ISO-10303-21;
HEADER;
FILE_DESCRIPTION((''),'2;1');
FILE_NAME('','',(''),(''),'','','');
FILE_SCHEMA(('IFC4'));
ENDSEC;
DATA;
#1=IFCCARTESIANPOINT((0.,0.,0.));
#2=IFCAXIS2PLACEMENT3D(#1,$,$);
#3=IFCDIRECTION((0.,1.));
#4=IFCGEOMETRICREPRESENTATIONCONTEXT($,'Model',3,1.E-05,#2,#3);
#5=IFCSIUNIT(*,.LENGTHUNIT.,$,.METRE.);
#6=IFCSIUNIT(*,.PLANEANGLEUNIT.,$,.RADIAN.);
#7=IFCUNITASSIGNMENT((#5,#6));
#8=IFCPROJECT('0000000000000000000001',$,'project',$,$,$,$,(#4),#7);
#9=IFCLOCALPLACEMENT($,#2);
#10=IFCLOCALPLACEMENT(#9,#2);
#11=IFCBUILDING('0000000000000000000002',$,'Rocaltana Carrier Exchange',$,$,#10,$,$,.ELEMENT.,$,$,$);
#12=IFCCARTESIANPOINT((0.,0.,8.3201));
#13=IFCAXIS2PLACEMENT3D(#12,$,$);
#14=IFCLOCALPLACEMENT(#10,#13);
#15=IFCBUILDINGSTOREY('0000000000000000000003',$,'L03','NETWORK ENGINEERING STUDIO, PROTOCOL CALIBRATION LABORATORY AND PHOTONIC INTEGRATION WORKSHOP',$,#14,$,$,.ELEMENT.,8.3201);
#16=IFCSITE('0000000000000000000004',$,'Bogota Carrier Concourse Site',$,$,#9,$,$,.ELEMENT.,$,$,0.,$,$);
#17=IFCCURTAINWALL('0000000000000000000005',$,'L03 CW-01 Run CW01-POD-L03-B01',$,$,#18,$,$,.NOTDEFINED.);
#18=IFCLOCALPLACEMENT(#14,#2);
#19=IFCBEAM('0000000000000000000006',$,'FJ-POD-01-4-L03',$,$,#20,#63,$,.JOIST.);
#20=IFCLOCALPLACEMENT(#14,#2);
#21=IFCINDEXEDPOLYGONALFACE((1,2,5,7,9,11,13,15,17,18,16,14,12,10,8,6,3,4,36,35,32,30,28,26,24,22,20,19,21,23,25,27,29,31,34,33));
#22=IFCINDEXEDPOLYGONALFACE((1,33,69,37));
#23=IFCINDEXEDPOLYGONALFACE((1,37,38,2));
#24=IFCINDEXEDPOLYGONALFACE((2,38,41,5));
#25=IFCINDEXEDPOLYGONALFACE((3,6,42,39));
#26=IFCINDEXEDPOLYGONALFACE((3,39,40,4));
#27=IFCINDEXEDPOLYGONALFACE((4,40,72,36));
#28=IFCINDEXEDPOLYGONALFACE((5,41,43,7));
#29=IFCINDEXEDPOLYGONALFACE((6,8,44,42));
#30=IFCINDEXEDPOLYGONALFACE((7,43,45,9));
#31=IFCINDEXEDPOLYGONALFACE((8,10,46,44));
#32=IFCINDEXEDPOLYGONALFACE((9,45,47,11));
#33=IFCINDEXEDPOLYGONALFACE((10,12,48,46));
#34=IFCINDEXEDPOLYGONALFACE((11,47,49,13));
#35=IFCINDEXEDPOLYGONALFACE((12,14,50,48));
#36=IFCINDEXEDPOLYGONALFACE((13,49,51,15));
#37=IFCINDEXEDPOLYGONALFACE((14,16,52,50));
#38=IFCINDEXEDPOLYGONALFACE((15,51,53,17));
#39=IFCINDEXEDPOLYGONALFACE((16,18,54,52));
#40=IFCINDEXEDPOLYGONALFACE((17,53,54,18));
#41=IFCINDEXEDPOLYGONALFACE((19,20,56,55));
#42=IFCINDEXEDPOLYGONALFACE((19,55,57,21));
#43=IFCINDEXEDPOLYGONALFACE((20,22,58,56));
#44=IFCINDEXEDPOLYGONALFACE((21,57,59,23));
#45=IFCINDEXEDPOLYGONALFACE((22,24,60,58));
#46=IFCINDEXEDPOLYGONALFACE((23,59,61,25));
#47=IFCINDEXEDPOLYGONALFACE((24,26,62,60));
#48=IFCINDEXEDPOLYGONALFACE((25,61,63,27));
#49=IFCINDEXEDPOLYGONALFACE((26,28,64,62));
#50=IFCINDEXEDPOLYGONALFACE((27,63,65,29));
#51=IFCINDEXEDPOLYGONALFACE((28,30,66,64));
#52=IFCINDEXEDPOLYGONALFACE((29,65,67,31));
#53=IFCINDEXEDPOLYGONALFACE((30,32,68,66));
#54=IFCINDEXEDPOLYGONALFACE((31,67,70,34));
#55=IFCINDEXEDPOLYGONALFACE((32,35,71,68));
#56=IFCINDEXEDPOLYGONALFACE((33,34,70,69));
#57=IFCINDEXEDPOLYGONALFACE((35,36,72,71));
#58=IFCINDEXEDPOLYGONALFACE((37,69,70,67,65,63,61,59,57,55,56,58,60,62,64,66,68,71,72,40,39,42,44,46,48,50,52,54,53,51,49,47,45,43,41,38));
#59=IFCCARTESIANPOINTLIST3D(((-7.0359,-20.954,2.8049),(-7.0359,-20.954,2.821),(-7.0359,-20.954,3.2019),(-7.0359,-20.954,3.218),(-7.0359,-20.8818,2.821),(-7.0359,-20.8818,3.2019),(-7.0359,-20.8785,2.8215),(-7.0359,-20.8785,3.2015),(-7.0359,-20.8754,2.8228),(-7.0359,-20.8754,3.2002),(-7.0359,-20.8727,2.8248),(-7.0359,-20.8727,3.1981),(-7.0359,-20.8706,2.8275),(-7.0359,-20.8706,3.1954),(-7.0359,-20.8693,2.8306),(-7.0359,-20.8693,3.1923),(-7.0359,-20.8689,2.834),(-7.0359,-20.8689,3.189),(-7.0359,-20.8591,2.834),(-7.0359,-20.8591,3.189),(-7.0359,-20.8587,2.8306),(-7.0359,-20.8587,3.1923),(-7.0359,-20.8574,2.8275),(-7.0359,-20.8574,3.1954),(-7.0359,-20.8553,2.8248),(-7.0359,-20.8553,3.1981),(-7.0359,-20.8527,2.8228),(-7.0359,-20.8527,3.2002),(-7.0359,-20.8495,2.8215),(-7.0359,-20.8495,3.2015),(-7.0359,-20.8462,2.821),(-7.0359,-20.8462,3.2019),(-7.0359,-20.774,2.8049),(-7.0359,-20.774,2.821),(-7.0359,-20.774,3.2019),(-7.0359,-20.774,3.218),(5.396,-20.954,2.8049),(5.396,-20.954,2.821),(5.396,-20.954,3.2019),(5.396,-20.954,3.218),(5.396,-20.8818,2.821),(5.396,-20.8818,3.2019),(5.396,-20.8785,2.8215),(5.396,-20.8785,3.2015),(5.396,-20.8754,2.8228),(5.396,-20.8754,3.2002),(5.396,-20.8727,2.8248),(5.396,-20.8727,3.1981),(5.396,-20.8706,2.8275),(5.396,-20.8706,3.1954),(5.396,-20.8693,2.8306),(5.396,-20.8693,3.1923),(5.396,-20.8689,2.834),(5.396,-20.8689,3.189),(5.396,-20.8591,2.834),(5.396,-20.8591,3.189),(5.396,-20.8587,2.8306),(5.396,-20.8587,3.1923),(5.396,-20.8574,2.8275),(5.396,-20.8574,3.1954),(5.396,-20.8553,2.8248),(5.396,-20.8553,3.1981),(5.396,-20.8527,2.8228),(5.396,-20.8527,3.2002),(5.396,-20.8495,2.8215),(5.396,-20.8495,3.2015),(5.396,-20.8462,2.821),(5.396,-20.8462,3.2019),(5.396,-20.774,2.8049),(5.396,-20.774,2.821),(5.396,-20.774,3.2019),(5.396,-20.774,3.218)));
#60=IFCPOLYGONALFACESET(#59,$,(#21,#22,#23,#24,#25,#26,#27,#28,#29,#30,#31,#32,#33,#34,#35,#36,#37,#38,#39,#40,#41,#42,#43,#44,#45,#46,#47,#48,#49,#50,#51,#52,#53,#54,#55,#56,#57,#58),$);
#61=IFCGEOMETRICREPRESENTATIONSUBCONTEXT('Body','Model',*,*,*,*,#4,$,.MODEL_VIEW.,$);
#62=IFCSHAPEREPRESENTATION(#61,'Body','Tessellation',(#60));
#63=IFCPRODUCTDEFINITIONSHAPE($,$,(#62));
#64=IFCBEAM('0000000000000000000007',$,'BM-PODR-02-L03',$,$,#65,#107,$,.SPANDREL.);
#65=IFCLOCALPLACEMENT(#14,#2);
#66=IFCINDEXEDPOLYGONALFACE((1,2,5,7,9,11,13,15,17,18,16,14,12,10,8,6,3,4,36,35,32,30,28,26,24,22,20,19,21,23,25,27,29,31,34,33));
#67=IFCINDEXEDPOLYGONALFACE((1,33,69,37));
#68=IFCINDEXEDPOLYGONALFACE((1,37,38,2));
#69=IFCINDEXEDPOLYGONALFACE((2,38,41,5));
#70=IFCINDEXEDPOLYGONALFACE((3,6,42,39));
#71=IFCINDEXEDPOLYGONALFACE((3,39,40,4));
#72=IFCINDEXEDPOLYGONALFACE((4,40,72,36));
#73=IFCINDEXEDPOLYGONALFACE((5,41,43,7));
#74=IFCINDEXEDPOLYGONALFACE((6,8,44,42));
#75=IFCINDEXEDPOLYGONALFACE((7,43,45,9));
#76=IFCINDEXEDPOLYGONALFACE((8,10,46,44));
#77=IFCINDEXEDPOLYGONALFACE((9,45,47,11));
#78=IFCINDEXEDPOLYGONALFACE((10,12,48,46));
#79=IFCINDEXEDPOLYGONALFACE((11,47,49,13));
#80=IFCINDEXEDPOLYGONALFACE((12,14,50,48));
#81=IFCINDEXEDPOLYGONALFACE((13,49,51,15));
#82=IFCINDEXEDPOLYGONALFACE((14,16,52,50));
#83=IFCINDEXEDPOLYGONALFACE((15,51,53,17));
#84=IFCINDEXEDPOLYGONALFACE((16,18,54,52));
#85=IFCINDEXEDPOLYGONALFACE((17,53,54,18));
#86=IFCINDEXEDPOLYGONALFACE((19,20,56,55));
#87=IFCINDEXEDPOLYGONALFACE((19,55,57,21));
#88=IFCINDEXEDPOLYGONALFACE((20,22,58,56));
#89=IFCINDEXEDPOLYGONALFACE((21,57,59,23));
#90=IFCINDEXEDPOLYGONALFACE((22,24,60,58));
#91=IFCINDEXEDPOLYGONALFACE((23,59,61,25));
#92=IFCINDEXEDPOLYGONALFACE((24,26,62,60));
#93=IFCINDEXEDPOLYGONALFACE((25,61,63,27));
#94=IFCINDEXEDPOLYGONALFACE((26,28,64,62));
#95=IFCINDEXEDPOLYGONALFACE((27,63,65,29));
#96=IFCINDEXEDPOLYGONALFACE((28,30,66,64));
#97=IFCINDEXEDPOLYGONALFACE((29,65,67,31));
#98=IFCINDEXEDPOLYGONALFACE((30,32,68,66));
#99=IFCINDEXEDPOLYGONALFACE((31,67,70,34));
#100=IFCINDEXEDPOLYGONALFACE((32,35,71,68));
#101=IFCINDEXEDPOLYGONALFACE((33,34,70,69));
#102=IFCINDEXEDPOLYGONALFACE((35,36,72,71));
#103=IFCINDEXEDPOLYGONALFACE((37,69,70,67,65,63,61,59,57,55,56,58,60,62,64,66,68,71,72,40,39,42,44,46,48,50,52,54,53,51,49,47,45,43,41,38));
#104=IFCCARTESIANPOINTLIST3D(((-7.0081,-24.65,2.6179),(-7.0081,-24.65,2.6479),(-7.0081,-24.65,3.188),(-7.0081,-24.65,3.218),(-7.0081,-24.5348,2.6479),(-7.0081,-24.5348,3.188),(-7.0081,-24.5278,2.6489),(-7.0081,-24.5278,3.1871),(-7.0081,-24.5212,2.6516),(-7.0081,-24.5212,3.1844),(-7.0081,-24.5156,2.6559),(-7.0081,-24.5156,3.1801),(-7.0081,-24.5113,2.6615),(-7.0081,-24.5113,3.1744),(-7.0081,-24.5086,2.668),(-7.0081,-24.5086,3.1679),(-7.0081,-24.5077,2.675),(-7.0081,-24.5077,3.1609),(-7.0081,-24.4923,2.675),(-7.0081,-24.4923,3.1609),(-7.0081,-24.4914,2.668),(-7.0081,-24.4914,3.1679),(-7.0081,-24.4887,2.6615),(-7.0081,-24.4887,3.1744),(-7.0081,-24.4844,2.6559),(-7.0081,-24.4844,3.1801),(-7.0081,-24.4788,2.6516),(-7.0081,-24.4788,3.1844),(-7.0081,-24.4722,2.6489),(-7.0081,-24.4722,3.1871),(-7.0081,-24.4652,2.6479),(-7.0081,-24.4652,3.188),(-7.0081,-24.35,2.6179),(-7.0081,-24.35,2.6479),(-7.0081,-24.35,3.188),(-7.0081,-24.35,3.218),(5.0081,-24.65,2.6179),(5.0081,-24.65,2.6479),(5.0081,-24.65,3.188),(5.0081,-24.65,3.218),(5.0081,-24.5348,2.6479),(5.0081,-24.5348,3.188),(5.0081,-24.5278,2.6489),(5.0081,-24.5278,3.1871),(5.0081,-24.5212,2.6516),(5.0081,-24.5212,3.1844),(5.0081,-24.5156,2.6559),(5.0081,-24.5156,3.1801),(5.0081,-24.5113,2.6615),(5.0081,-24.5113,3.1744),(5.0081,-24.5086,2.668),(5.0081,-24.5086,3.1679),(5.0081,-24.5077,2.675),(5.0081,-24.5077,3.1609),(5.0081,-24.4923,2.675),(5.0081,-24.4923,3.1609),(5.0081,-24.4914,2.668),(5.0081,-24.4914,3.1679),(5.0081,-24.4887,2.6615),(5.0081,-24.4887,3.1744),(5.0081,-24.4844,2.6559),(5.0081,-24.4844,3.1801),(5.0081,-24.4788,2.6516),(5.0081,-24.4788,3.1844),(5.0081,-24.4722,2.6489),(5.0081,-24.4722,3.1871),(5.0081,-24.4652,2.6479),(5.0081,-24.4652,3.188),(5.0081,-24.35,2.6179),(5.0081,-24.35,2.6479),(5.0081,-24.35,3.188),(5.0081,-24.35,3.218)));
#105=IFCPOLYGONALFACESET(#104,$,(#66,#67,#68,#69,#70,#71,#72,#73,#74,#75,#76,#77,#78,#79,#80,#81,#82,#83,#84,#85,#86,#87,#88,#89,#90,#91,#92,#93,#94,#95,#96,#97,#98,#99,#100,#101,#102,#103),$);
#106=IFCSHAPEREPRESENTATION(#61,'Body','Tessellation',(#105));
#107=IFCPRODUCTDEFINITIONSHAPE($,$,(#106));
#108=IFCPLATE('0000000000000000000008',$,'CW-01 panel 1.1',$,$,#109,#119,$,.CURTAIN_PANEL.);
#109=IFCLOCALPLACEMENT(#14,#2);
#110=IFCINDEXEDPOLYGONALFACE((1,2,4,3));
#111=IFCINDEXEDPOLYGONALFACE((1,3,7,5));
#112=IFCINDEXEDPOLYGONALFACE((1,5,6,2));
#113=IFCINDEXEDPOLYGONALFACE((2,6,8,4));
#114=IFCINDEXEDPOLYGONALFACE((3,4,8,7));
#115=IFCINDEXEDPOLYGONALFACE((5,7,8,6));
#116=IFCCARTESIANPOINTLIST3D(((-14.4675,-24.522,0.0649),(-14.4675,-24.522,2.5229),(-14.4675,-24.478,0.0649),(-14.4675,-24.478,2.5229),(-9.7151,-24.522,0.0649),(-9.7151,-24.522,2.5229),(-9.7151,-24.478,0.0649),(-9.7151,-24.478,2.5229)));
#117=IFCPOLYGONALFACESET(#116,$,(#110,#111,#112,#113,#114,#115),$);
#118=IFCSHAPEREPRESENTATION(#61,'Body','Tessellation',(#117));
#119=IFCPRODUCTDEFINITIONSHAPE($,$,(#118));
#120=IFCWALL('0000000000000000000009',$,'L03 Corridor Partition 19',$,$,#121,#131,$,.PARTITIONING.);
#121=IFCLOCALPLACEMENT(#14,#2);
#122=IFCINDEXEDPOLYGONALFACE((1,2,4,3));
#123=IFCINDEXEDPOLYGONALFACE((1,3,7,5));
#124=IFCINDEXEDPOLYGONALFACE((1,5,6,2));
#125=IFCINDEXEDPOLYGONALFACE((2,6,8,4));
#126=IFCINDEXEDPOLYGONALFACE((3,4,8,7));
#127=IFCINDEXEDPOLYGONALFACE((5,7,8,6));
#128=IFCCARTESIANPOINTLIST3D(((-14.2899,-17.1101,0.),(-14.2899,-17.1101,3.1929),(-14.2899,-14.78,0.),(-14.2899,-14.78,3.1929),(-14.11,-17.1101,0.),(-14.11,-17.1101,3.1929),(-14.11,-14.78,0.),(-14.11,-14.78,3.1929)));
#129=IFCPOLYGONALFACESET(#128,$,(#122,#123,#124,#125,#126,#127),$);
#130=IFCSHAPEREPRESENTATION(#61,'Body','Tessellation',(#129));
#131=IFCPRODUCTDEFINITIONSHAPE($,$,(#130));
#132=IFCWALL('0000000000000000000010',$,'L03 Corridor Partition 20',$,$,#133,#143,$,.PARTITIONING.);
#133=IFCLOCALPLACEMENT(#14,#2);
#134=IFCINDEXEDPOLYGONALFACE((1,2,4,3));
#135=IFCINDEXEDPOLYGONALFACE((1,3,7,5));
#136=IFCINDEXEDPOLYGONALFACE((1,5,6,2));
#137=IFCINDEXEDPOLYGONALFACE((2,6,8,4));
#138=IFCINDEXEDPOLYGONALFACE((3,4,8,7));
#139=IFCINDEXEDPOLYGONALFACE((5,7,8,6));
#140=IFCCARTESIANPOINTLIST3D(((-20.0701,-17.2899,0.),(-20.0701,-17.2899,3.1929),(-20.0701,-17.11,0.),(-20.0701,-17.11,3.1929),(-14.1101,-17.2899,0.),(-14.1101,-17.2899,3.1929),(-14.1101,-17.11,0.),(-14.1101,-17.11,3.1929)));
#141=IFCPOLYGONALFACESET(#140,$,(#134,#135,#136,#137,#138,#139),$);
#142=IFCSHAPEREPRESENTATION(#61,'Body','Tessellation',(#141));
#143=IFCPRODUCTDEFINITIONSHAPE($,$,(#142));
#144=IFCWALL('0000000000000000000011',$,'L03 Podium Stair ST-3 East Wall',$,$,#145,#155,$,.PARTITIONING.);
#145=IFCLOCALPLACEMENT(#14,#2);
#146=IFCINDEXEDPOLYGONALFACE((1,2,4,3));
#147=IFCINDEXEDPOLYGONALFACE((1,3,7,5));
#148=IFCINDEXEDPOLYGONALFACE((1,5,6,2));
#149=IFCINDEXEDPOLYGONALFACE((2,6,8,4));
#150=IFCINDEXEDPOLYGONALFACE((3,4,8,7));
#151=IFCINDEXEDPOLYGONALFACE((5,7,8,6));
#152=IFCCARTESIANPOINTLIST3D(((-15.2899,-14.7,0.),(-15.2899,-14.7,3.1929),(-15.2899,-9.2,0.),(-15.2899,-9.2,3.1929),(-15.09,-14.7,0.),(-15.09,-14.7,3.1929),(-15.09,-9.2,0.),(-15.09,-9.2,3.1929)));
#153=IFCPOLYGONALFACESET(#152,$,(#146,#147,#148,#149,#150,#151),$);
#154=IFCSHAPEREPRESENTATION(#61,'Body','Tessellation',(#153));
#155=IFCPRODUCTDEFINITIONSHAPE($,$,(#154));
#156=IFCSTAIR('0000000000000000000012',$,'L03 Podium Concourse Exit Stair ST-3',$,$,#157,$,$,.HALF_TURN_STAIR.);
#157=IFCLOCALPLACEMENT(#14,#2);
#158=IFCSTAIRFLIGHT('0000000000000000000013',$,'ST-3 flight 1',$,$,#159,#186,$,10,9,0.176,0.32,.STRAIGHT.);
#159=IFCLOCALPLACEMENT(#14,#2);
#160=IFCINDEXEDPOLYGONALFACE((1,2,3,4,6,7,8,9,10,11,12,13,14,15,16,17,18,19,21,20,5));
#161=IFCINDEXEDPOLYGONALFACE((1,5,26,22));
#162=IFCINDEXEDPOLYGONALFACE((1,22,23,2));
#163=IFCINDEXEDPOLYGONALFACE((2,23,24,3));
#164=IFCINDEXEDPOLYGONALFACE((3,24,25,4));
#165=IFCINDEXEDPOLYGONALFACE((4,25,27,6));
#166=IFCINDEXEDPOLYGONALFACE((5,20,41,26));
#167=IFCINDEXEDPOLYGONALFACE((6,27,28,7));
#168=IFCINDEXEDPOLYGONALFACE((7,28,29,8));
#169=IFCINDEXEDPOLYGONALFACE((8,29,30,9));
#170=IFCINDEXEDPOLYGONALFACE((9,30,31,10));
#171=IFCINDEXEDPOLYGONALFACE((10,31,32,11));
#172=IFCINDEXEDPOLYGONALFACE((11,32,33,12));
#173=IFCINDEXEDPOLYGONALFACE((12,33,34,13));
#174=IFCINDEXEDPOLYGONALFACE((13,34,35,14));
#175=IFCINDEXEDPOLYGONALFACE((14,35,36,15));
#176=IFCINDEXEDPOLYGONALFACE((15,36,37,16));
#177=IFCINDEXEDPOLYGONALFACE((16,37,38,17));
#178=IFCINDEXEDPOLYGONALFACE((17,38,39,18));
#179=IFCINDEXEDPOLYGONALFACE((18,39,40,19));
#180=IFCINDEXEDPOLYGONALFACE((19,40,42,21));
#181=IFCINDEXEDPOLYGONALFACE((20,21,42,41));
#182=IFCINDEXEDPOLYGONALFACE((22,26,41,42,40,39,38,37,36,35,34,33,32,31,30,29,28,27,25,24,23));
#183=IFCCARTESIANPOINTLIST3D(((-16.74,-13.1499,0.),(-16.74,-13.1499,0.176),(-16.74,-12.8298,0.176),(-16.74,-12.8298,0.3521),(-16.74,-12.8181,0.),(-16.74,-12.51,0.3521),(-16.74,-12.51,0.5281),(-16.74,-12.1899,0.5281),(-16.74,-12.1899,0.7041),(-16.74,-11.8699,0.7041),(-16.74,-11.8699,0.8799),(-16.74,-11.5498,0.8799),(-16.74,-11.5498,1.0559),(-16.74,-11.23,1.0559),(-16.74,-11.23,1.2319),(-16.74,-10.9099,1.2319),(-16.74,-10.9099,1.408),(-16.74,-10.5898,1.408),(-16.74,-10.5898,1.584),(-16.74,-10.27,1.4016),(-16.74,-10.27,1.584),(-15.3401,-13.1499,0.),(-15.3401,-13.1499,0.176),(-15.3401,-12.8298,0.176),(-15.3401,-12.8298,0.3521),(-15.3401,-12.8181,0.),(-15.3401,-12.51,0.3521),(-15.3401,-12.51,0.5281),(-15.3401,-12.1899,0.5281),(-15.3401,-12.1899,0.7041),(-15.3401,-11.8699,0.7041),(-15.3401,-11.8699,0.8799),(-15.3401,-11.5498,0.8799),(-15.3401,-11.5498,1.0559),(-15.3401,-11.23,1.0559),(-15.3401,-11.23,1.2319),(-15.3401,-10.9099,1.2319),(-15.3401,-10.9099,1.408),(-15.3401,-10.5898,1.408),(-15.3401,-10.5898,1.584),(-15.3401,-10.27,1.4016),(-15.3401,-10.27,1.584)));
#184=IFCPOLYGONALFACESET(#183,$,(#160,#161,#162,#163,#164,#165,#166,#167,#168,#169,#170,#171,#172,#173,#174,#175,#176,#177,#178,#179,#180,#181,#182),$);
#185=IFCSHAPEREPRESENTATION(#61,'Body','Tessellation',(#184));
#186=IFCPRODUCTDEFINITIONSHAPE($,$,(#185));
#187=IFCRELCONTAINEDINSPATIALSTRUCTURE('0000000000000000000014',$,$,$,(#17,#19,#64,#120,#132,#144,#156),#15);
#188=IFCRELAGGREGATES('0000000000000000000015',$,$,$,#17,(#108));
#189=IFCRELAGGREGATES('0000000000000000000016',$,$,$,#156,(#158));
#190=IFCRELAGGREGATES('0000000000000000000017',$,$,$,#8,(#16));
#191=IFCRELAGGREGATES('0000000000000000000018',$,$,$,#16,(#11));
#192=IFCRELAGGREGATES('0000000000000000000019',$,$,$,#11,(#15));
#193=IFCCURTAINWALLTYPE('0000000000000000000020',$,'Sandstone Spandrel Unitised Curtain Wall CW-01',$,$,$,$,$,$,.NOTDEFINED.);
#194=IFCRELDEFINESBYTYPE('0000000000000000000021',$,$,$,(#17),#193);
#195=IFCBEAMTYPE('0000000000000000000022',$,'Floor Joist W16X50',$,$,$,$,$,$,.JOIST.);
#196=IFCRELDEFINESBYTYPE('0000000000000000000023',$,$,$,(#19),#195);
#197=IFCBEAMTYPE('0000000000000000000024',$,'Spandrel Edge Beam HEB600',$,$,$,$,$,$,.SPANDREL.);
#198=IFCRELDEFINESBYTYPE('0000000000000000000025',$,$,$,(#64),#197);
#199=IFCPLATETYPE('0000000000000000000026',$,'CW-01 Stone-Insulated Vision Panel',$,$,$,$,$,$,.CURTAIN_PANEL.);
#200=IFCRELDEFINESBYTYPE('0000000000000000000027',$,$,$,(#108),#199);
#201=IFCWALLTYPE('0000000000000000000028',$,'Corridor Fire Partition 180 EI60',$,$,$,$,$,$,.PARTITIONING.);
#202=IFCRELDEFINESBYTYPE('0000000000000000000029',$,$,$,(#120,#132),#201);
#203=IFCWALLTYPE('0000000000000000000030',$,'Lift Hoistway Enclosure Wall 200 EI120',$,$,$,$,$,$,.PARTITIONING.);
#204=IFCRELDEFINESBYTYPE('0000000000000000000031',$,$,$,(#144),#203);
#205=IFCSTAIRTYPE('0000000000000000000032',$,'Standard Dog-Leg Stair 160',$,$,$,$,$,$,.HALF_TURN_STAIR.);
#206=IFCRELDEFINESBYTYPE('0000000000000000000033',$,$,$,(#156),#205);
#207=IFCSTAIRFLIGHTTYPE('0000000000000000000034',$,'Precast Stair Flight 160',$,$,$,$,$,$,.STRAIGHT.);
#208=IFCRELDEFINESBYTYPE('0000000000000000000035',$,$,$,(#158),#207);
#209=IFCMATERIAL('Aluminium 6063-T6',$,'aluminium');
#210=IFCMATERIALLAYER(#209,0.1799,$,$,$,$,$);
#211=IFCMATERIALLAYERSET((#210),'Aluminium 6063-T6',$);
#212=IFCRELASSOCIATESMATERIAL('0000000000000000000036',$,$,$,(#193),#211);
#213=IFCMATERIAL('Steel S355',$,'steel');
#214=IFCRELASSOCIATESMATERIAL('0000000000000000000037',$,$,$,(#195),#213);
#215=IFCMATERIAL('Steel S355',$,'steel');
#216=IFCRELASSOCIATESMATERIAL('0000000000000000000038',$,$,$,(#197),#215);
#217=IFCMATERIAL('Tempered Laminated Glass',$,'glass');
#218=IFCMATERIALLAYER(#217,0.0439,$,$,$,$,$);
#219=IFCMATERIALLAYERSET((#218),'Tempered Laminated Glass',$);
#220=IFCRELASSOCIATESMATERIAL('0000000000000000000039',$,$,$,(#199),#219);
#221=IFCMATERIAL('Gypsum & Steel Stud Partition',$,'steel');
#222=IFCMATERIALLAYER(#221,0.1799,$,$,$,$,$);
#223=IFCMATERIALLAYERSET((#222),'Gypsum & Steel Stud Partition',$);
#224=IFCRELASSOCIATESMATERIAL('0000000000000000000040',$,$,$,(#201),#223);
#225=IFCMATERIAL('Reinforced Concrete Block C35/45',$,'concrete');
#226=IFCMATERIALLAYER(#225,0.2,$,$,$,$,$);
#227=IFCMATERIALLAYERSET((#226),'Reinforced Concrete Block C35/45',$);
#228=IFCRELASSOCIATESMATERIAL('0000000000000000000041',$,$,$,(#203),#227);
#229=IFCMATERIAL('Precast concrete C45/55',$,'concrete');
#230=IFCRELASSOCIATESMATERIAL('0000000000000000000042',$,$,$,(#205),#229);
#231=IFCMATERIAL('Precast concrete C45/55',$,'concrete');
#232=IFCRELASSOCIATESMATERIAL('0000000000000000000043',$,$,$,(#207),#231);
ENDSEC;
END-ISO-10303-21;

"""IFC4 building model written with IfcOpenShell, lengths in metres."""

from ifc_helpers import new_model, si_unit, direction, frame, frame_2d, origin, origin_2d, place, context, subcontext, project, spatial, polyline, rectangle, i_section, outline, extrude, material, layer, layer_set, material_profile, profile_set, type_object, element, aggregate, save


model = new_model("IFC4")

# Units and contexts
model_context = context("Model", 3, precision=1e-05, world=origin(), true_north=direction((0.0, 1.0)))
body_context = subcontext(model_context, "Body", "Model", "MODEL_VIEW")
ifc_project = project(units=[si_unit("LENGTHUNIT", "METRE"), si_unit("PLANEANGLEUNIT", "RADIAN")], contexts=[model_context])

# Site, building, storey
site_placement = place(None, origin())
site = spatial("IfcSite", under=ifc_project, at=site_placement, Name="Bogota Carrier Concourse Site", CompositionType="ELEMENT", RefElevation=0.0)
building_placement = place(site_placement, origin())
building = spatial("IfcBuilding", under=site, at=building_placement, Name="Rocaltana Carrier Exchange", CompositionType="ELEMENT")
storey_placement = place(building_placement, frame((0.0, 0.0, 8.3201)))
storey = spatial("IfcBuildingStorey", under=building, at=storey_placement, Name="L03", Description="NETWORK ENGINEERING STUDIO, PROTOCOL CALIBRATION LABORATORY AND PHOTONIC INTEGRATION WORKSHOP", CompositionType="ELEMENT", Elevation=8.3201)

# Curtain wall
ifc_material_1 = material(Name="Aluminium 6063-T6", Category="aluminium")
ifc_layer_1 = layer(ifc_material_1, 0.1799)
ifc_layer_set_1 = layer_set([ifc_layer_1], Name="Aluminium 6063-T6")
curtain_wall_type = type_object("IfcCurtainWallType", Name="Sandstone Spandrel Unitised Curtain Wall CW-01", PredefinedType="NOTDEFINED", material=ifc_layer_set_1)
curtain_wall_placement = place(storey_placement, origin())
curtain_wall = element("IfcCurtainWall", 1, at=curtain_wall_placement, inside=storey, type_object=curtain_wall_type, Name="L03 CW-01 Run CW01-POD-L03-B01", PredefinedType="NOTDEFINED")

# Beams
ifc_material_2 = material(Name="Steel S355", Category="steel")
ifc_material_profile_1 = material_profile(ifc_material_2, i_section(OverallWidth=0.1799, OverallDepth=0.4131, WebThickness=0.0098, FlangeThickness=0.0161, FilletRadius=0.0129, at=origin_2d()), Name="W16X50")
ifc_profile_set_1 = profile_set([ifc_material_profile_1], Name="Steel S355")
beam_type_1 = type_object("IfcBeamType", Name="Floor Joist W16X50", PredefinedType="JOIST", material=ifc_profile_set_1)
beam_1_placement = place(storey_placement, frame((-7.0359, -20.864, 3.0115), z_axis=(1.0, 0.0, 0.0), x_axis=(0.0, 1.0, 0.0)))
element("IfcBeam", 2, at=beam_1_placement, inside=storey, type_object=beam_type_1, Name="FJ-POD-01-4-L03", PredefinedType="JOIST", context=body_context, shape_type="SweptSolid", body=[
    extrude(i_section(OverallWidth=0.1799, OverallDepth=0.4131, WebThickness=0.0098, FlangeThickness=0.0161, FilletRadius=0.0129, at=origin_2d()), origin(), (0.0, 0.0, 1.0), 12.4319),
])
ifc_material_3 = material(Name="Steel S355", Category="steel")
ifc_material_profile_2 = material_profile(ifc_material_3, i_section(OverallWidth=0.3, OverallDepth=0.6001, WebThickness=0.0154, FlangeThickness=0.03, FilletRadius=0.0271, at=origin_2d()), Name="HEB600")
ifc_profile_set_2 = profile_set([ifc_material_profile_2], Name="Steel S355")
beam_type_2 = type_object("IfcBeamType", Name="Spandrel Edge Beam HEB600", PredefinedType="SPANDREL", material=ifc_profile_set_2)
beam_2_placement = place(storey_placement, frame((-7.0081, -24.5, 2.918), z_axis=(1.0, 0.0, 0.0), x_axis=(0.0, 1.0, 0.0)))
element("IfcBeam", 3, at=beam_2_placement, inside=storey, type_object=beam_type_2, Name="BM-PODR-02-L03", PredefinedType="SPANDREL", context=body_context, shape_type="SweptSolid", body=[
    extrude(i_section(OverallWidth=0.3, OverallDepth=0.6001, WebThickness=0.0154, FlangeThickness=0.03, FilletRadius=0.0271, at=origin_2d()), origin(), (0.0, 0.0, 1.0), 12.0161),
])

# Plate
ifc_material_4 = material(Name="Tempered Laminated Glass", Category="glass")
ifc_layer_2 = layer(ifc_material_4, 0.0439)
ifc_layer_set_2 = layer_set([ifc_layer_2], Name="Tempered Laminated Glass")
plate_type = type_object("IfcPlateType", Name="CW-01 Stone-Insulated Vision Panel", PredefinedType="CURTAIN_PANEL", material=ifc_layer_set_2)
plate_placement = place(storey_placement, frame((-12.0913, -24.5, 0.0649), z_axis=(0.0, 0.0, 1.0), x_axis=(-1.0, 0.0, 0.0)))
plate = element("IfcPlate", 4, at=plate_placement, type_object=plate_type, Name="CW-01 panel 1.1", PredefinedType="CURTAIN_PANEL", context=body_context, shape_type="SweptSolid", body=[
    extrude(rectangle(XDim=4.7524, YDim=0.0439, at=origin_2d()), origin(), (0.0, 0.0, 1.0), 2.458),
])
aggregate(curtain_wall, [plate])

# Walls
ifc_material_5 = material(Name="Gypsum & Steel Stud Partition", Category="steel")
ifc_layer_3 = layer(ifc_material_5, 0.1799)
ifc_layer_set_3 = layer_set([ifc_layer_3], Name="Gypsum & Steel Stud Partition")
wall_type_1 = type_object("IfcWallType", Name="Corridor Fire Partition 180 EI60", PredefinedType="PARTITIONING", material=ifc_layer_set_3)
wall_1_placement = place(storey_placement, frame((-14.2, -14.78, 0.0), z_axis=(0.0, 0.0, 1.0), x_axis=(0.0, -1.0, 0.0)))
element("IfcWall", 5, at=wall_1_placement, inside=storey, type_object=wall_type_1, Name="L03 Corridor Partition 19", PredefinedType="PARTITIONING", context=body_context, shape_type="SweptSolid", body=[
    extrude(rectangle(XDim=2.3301, YDim=0.1799, at=frame_2d((1.165, 0.0))), origin(), (0.0, 0.0, 1.0), 3.1929),
])
wall_2_placement = place(storey_placement, frame((-14.1101, -17.2, 0.0), z_axis=(0.0, 0.0, 1.0), x_axis=(-1.0, 0.0, 0.0)))
element("IfcWall", 6, at=wall_2_placement, inside=storey, type_object=wall_type_1, Name="L03 Corridor Partition 20", PredefinedType="PARTITIONING", context=body_context, shape_type="SweptSolid", body=[
    extrude(rectangle(XDim=5.96, YDim=0.1799, at=frame_2d((2.98, 0.0))), origin(), (0.0, 0.0, 1.0), 3.1929),
])
ifc_material_6 = material(Name="Reinforced Concrete Block C35/45", Category="concrete")
ifc_layer_4 = layer(ifc_material_6, 0.2)
ifc_layer_set_4 = layer_set([ifc_layer_4], Name="Reinforced Concrete Block C35/45")
wall_type_2 = type_object("IfcWallType", Name="Lift Hoistway Enclosure Wall 200 EI120", PredefinedType="PARTITIONING", material=ifc_layer_set_4)
wall_3_placement = place(storey_placement, frame((-15.1899, -14.7, 0.0), z_axis=(0.0, 0.0, 1.0), x_axis=(0.0, 1.0, 0.0)))
element("IfcWall", 7, at=wall_3_placement, inside=storey, type_object=wall_type_2, Name="L03 Podium Stair ST-3 East Wall", PredefinedType="PARTITIONING", context=body_context, shape_type="SweptSolid", body=[
    extrude(rectangle(XDim=5.5, YDim=0.2, at=frame_2d((2.75, 0.0))), origin(), (0.0, 0.0, 1.0), 3.1929),
])

# Stair, stair flight
ifc_material_7 = material(Name="Precast concrete C45/55", Category="concrete")
stair_type = type_object("IfcStairType", Name="Standard Dog-Leg Stair 160", PredefinedType="HALF_TURN_STAIR", material=ifc_material_7)
stair_placement = place(storey_placement, origin())
stair = element("IfcStair", 8, at=stair_placement, inside=storey, type_object=stair_type, Name="L03 Podium Concourse Exit Stair ST-3", PredefinedType="HALF_TURN_STAIR")
ifc_material_8 = material(Name="Precast concrete C45/55", Category="concrete")
stair_flight_type = type_object("IfcStairFlightType", Name="Precast Stair Flight 160", PredefinedType="STRAIGHT", material=ifc_material_8)
stair_flight_placement = place(storey_placement, frame((-16.04, -13.1499, 0.0), z_axis=(0.0, 0.0, 1.0), x_axis=(0.0, 1.0, 0.0)))
stair_flight = element("IfcStairFlight", 9, at=stair_flight_placement, type_object=stair_flight_type, Name="ST-3 flight 1", NumberOfRisers=10, NumberOfTreads=9, PredefinedType="STRAIGHT", RiserHeight=0.176, TreadLength=0.32, context=body_context, shape_type="SweptSolid", body=[
    extrude(outline(polyline([(0.0, 0.0), (0.0, 0.176), (0.3201, 0.176), (0.3201, 0.3521), (0.6399, 0.3521), (0.6399, 0.5281), (0.96, 0.5281), (0.96, 0.7041), (1.28, 0.7041), (1.28, 0.8799), (1.6001, 0.8799), (1.6001, 1.0559), (1.9199, 1.0559), (1.9199, 1.2319), (2.24, 1.2319), (2.24, 1.408), (2.5601, 1.408), (2.5601, 1.584), (2.8799, 1.584), (2.8799, 1.76), (2.8799, 1.4016), (0.3318, 0.0), (0.0, 0.0)])), frame((0.0, 0.7, 0.0), z_axis=(0.0, -1.0, 0.0), x_axis=(1.0, 0.0, 0.0)), (0.0, 0.0, 1.0), 1.3999),
])
aggregate(stair, [stair_flight])

save(model, "model.ifc")
